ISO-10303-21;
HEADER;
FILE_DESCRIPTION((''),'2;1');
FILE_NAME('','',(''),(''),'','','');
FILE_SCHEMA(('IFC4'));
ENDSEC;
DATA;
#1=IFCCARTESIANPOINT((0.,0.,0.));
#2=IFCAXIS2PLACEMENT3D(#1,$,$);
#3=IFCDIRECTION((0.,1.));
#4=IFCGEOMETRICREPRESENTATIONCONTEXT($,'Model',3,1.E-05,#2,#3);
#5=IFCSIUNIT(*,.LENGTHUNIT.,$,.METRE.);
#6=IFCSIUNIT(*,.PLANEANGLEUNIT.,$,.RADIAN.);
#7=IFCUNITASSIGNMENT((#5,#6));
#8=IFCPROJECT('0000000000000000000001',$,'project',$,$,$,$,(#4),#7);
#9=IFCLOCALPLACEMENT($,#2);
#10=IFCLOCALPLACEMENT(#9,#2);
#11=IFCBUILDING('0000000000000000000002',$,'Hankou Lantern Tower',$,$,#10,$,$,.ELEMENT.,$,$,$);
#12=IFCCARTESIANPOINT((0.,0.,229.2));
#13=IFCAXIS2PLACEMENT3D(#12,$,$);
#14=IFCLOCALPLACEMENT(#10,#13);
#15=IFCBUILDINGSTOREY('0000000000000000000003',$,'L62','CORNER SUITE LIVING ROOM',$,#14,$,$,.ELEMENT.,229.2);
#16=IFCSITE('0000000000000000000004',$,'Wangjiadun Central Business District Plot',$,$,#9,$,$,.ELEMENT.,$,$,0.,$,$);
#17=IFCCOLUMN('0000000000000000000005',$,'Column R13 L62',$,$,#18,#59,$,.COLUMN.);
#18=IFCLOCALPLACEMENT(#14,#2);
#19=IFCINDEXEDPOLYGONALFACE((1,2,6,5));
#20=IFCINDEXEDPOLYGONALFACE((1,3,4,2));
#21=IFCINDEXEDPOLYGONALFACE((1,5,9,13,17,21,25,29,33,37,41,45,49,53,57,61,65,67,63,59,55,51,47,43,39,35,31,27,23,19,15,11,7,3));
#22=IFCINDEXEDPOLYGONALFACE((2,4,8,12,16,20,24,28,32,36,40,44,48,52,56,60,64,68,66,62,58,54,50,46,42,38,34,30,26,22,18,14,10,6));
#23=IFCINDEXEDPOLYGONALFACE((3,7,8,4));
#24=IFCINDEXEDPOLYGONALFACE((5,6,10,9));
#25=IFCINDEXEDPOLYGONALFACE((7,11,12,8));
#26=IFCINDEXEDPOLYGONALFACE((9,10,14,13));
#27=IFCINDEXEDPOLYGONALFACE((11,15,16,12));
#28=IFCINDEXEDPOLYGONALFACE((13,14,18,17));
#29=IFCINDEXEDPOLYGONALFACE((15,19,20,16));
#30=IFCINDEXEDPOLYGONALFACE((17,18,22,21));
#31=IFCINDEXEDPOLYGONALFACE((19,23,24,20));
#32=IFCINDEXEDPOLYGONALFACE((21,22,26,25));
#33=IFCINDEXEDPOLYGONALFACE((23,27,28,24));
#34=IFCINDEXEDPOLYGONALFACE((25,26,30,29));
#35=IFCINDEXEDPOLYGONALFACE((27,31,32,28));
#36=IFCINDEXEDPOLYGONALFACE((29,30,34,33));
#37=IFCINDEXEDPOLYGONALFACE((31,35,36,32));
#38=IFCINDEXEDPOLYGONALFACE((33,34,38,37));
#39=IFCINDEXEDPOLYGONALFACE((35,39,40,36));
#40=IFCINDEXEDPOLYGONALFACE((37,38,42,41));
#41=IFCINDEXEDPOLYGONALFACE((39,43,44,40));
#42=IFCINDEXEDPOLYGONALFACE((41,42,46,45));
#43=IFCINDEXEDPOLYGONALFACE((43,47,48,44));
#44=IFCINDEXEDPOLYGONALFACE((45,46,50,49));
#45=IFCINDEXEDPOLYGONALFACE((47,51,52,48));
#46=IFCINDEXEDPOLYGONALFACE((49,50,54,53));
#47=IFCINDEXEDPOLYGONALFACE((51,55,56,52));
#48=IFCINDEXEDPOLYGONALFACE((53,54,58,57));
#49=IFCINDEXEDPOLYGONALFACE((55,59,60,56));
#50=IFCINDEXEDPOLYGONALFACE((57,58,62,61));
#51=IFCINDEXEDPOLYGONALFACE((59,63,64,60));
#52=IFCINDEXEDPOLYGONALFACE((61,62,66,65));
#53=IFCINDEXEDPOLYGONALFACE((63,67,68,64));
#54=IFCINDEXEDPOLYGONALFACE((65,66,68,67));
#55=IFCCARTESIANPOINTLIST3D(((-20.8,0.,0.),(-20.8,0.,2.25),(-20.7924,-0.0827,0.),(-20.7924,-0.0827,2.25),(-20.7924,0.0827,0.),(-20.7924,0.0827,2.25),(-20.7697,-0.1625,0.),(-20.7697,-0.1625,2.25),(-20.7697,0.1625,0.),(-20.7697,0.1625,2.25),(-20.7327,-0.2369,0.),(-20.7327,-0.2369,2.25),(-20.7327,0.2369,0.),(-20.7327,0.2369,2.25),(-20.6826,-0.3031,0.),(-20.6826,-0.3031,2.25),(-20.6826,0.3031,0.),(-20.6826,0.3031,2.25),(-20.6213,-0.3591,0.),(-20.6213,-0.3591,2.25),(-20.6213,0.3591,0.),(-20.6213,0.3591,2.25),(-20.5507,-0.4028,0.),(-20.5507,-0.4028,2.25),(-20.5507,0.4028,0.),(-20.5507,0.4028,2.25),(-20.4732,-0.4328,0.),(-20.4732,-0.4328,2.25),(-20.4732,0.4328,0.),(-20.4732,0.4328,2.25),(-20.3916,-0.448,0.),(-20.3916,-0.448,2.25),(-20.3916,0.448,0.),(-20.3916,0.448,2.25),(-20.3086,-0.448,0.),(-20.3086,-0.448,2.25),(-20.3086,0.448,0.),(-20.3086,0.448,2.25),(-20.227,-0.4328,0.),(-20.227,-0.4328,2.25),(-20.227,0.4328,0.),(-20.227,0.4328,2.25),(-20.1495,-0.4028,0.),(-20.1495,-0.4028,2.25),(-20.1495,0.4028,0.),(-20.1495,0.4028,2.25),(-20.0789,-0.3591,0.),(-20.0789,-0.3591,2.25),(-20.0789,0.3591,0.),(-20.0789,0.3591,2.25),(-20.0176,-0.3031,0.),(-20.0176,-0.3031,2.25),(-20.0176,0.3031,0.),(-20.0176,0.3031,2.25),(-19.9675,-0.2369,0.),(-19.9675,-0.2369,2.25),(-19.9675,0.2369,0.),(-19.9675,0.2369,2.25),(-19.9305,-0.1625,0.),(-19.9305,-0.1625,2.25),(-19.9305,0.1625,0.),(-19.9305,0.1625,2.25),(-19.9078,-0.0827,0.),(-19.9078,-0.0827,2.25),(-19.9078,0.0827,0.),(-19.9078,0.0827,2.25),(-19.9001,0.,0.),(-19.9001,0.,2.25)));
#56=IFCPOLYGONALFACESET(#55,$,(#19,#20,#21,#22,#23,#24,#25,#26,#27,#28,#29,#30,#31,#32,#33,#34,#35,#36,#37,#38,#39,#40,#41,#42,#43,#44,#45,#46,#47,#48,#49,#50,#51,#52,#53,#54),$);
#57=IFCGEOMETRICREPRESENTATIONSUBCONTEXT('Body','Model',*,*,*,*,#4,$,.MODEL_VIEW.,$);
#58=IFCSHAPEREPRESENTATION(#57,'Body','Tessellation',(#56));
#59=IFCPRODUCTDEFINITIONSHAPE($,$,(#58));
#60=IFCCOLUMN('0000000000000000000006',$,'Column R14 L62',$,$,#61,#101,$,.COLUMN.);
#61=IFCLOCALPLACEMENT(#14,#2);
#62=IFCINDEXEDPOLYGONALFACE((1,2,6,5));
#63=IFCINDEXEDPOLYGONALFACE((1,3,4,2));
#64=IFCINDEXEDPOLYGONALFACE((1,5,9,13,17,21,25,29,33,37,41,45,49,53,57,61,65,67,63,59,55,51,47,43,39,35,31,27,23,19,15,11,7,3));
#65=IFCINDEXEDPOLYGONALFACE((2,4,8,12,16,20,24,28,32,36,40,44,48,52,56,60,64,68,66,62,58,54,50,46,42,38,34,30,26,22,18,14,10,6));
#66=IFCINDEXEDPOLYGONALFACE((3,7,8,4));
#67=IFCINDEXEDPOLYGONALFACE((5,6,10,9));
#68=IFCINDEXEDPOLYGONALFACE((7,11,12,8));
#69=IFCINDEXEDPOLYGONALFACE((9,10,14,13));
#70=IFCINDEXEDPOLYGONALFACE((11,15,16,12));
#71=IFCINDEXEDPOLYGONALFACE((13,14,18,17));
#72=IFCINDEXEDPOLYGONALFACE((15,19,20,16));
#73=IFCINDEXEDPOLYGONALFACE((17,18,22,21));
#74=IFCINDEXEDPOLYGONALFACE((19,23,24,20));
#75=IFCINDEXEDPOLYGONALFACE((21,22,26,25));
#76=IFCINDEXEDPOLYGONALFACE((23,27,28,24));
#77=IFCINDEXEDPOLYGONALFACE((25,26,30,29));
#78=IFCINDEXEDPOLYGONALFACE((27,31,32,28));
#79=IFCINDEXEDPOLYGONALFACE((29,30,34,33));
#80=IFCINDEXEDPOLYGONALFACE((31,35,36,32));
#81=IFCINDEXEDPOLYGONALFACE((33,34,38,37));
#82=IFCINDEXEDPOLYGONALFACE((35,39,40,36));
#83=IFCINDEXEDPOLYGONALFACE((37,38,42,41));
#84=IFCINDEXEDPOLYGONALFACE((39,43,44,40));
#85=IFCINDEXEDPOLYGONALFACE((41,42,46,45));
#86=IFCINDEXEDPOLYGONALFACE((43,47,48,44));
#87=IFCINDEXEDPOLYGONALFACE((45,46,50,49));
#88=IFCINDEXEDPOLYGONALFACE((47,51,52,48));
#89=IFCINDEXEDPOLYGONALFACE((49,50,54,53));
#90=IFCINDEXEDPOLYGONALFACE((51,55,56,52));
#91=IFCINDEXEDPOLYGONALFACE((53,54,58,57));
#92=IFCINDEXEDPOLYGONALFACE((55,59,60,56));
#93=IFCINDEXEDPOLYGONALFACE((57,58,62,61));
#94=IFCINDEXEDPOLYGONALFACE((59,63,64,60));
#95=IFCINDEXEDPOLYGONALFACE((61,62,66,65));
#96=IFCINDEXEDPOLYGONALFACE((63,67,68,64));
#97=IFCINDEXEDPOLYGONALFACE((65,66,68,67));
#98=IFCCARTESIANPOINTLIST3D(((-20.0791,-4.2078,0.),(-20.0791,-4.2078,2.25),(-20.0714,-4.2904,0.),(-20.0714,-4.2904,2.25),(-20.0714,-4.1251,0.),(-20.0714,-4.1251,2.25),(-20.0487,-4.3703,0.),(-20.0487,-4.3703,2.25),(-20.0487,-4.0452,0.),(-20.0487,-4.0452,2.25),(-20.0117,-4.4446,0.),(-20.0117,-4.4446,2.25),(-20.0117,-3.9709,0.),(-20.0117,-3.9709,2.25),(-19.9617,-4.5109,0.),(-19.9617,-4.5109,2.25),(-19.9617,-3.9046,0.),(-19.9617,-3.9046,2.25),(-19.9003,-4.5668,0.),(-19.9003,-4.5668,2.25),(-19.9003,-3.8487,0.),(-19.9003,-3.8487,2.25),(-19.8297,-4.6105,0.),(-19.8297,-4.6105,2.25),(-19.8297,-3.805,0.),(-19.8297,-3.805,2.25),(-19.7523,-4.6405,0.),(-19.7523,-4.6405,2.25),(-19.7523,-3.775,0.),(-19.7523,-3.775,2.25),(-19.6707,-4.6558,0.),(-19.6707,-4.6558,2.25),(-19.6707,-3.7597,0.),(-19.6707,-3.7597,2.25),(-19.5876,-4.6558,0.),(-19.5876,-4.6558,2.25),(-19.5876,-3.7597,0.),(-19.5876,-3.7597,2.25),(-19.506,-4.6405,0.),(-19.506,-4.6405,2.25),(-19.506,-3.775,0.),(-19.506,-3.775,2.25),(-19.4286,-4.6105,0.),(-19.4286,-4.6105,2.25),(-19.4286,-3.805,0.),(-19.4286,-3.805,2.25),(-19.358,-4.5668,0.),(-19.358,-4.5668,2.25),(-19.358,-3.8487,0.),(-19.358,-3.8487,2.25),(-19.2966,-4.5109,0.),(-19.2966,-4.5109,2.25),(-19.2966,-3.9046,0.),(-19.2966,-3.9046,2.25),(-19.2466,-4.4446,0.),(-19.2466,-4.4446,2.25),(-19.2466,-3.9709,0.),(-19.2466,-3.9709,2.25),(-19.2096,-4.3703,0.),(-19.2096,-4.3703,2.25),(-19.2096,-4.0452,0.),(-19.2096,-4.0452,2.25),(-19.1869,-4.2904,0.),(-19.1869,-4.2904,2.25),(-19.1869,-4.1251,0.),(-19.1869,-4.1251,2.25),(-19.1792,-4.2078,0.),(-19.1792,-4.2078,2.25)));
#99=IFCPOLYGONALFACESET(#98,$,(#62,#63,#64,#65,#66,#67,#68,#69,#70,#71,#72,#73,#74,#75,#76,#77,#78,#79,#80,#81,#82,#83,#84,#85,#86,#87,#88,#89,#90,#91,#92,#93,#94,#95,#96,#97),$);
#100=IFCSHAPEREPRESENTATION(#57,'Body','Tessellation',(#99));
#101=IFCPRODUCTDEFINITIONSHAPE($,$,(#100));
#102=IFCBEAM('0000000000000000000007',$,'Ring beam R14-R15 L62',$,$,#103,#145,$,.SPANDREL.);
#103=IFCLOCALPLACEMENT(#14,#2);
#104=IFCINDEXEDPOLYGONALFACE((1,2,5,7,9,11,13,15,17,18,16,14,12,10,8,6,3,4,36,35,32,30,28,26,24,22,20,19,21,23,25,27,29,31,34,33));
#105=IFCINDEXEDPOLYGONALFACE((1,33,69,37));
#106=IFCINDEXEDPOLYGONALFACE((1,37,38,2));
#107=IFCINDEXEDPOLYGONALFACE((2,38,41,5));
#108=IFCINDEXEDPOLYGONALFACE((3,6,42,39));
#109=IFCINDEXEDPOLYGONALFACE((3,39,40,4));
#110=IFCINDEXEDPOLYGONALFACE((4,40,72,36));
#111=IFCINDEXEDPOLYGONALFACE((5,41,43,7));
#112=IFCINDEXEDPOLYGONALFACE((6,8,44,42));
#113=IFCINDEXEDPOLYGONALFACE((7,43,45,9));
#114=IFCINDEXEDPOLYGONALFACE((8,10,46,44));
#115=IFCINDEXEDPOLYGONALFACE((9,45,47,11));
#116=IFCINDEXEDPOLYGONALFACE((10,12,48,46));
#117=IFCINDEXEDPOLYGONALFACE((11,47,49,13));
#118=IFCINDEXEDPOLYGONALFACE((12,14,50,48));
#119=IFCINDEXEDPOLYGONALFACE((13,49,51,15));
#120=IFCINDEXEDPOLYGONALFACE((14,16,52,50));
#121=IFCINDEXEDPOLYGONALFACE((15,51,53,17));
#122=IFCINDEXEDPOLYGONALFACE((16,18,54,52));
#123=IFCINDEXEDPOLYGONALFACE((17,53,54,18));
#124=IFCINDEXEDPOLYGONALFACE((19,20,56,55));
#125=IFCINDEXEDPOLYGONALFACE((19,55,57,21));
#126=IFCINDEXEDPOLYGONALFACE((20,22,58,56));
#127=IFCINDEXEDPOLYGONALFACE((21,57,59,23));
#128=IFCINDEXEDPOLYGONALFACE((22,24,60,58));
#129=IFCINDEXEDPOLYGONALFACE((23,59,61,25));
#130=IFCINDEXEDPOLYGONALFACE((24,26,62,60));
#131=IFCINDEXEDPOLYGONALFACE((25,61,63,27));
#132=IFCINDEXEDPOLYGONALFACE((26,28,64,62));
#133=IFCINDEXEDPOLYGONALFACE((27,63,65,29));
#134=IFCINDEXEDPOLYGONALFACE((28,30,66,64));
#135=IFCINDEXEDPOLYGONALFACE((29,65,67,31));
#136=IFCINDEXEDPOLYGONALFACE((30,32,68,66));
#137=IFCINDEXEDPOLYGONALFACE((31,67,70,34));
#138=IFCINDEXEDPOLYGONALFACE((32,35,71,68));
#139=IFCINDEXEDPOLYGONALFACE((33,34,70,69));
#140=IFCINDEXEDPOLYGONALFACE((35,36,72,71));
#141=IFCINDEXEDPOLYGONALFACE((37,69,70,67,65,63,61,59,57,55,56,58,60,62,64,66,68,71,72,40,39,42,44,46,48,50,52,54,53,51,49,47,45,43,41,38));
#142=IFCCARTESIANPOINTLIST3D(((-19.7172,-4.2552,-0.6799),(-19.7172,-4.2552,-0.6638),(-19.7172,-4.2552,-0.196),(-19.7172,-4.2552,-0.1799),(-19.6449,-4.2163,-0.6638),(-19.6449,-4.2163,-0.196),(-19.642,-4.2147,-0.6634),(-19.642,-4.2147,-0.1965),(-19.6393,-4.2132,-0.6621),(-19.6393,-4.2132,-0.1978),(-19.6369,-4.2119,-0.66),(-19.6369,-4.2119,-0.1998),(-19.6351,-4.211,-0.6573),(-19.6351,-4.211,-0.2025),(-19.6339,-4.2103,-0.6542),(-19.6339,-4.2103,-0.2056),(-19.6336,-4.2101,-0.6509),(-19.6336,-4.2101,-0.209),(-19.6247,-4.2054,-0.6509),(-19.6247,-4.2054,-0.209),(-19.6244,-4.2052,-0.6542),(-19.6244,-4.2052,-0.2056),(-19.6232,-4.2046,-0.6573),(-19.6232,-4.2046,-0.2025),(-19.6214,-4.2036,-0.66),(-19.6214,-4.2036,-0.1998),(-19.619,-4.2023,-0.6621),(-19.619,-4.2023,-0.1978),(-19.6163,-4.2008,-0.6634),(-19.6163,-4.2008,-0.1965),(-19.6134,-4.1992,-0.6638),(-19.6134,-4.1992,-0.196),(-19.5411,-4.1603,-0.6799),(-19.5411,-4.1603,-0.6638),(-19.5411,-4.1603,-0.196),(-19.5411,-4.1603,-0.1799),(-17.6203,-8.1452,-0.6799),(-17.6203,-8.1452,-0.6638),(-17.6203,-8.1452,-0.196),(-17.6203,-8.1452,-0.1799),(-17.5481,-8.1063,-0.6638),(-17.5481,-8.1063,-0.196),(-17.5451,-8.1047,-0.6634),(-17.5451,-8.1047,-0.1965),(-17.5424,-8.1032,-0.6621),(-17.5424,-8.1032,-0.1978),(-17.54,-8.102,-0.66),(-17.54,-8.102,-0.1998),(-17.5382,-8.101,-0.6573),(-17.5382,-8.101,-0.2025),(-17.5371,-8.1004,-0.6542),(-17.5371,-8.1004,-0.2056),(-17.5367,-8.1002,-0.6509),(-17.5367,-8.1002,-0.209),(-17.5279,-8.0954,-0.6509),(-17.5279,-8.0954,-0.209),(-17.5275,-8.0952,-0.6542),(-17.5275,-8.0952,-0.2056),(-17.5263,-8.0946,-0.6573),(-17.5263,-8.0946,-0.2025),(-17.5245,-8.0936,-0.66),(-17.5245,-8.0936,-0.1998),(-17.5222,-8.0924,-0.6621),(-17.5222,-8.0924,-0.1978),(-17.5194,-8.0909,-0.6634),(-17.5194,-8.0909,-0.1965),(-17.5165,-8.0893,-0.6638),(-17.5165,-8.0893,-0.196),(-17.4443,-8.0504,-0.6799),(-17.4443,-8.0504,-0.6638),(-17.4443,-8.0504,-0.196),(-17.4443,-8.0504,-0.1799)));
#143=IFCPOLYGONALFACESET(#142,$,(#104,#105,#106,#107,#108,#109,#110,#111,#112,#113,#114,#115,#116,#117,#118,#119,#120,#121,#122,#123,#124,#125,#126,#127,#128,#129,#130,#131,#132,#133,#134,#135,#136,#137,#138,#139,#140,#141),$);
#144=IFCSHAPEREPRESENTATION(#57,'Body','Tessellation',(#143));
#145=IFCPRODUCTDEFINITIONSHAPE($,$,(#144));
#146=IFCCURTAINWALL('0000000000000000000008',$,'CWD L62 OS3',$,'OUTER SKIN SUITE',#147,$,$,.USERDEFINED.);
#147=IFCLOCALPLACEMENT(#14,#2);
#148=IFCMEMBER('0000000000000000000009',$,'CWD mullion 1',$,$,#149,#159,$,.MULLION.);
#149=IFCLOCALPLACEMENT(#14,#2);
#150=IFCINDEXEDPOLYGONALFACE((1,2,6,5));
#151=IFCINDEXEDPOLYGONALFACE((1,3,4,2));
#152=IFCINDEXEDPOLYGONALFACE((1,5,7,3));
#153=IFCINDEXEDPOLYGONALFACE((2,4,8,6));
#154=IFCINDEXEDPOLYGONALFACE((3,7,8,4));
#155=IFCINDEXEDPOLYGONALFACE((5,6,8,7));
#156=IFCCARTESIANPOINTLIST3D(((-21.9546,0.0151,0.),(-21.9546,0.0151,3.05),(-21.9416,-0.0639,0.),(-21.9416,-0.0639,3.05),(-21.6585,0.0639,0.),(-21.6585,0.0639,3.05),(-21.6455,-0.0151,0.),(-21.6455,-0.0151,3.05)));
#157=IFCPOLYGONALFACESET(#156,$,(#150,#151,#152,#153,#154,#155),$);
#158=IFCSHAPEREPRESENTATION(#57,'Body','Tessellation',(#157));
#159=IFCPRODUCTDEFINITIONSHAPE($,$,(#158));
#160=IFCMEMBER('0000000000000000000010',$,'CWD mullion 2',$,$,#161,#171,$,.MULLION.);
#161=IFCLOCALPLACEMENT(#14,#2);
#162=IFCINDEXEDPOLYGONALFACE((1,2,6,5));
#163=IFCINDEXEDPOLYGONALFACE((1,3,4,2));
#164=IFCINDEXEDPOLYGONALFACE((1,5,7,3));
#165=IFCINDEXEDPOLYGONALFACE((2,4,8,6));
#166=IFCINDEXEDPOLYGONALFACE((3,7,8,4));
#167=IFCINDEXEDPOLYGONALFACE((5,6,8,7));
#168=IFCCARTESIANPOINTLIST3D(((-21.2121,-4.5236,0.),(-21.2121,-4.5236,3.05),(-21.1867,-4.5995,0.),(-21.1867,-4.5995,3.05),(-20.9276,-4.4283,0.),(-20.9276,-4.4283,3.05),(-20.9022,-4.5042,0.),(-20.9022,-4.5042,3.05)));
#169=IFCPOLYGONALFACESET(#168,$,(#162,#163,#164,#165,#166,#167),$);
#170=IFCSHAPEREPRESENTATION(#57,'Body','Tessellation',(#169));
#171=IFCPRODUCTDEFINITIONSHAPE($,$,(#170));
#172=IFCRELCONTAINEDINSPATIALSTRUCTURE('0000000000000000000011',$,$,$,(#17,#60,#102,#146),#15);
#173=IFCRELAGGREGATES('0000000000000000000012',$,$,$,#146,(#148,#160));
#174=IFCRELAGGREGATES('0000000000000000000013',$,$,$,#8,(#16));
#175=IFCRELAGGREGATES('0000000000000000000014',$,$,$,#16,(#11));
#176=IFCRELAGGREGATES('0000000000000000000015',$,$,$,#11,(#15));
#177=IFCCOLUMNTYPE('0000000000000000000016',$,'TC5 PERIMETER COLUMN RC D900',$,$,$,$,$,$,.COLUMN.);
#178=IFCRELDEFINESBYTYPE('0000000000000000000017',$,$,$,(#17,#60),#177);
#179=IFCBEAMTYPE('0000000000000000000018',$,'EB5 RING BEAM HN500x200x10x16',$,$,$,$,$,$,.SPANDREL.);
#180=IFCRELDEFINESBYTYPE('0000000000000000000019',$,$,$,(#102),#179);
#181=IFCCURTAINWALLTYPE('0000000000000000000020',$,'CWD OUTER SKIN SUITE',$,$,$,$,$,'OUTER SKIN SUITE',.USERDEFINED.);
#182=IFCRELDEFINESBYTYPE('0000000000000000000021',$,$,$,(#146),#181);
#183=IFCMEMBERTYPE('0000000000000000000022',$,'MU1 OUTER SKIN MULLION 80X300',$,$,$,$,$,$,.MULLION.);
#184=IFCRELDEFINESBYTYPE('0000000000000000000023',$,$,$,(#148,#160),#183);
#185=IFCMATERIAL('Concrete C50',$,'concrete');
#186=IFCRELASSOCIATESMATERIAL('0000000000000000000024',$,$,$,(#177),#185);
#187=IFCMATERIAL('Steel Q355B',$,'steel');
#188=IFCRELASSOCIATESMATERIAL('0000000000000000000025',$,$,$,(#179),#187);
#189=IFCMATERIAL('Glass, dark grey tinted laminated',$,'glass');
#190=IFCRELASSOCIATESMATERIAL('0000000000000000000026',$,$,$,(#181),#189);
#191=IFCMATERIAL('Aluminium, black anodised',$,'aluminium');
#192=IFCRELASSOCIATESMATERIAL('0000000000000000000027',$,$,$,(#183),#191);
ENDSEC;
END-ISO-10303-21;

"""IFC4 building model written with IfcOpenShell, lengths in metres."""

from ifc_helpers import new_model, si_unit, direction, frame, origin, origin_2d, place, context, subcontext, project, spatial, rectangle, circle, i_section, extrude, clip, halfspace, material, material_profile, profile_set, type_object, element, aggregate, save


model = new_model("IFC4")

# Units and contexts
model_context = context("Model", 3, precision=1e-05, world=origin(), true_north=direction((0.0, 1.0)))
body_context = subcontext(model_context, "Body", "Model", "MODEL_VIEW")
ifc_project = project(units=[si_unit("LENGTHUNIT", "METRE"), si_unit("PLANEANGLEUNIT", "RADIAN")], contexts=[model_context])

# Site, building, storey
site_placement = place(None, origin())
site = spatial("IfcSite", under=ifc_project, at=site_placement, Name="Wangjiadun Central Business District Plot", CompositionType="ELEMENT", RefElevation=0.0)
building_placement = place(site_placement, origin())
building = spatial("IfcBuilding", under=site, at=building_placement, Name="Hankou Lantern Tower", CompositionType="ELEMENT")
storey_placement = place(building_placement, frame((0.0, 0.0, 229.2)))
storey = spatial("IfcBuildingStorey", under=building, at=storey_placement, Name="L62", Description="CORNER SUITE LIVING ROOM", CompositionType="ELEMENT", Elevation=229.2)

# Columns
ifc_material_1 = material(Name="Concrete C50", Category="concrete")
ifc_material_profile_1 = material_profile(ifc_material_1, circle(Radius=0.45, at=origin_2d()), Name="RC D900")
ifc_profile_set_1 = profile_set([ifc_material_profile_1], Name="Concrete C50")
column_type = type_object("IfcColumnType", Name="TC5 PERIMETER COLUMN RC D900", PredefinedType="COLUMN", material=ifc_profile_set_1)
for number, where, z_axis, x_axis, name in (
    (1, (-20.3501, 0.0, 0.0), (0.0, 0.0, 1.0), (1.0, 0.0, 0.0), "Column R13 L62"),
    (2, (-19.6292, -4.2078, 0.0), (0.0, 0.0, 1.0), (1.0, 0.0, 0.0), "Column R14 L62"),
):
    element("IfcColumn", number, at=place(storey_placement, frame(where, z_axis=z_axis, x_axis=x_axis)), inside=storey, type_object=column_type, Name=name, PredefinedType="COLUMN", context=body_context, shape_type="Clipping", body=[
        clip(extrude(circle(Radius=0.45, at=origin_2d()), origin(), (0.0, 0.0, 1.0), 3.3), halfspace(frame((0.0, 0.0, 2.25), z_axis=(0.0, 0.0, 1.0), x_axis=(1.0, 0.0, 0.0)), False)),
    ])

# Beam
ifc_material_2 = material(Name="Steel Q355B", Category="steel")
ifc_material_profile_2 = material_profile(ifc_material_2, i_section(OverallWidth=0.2, OverallDepth=0.5, WebThickness=0.01, FlangeThickness=0.0161, FilletRadius=0.0129, at=origin_2d()), Name="HN500x200x10x16")
ifc_profile_set_2 = profile_set([ifc_material_profile_2], Name="Steel Q355B")
beam_type_1 = type_object("IfcBeamType", Name="EB5 RING BEAM HN500x200x10x16", PredefinedType="SPANDREL", material=ifc_profile_set_2)
beam_1_placement = place(storey_placement, frame((-19.6292, -4.2078, -0.4299), z_axis=(0.474492, -0.88026, 0.0), x_axis=(0.88026, 0.474492, 0.0)))
element("IfcBeam", 3, at=beam_1_placement, inside=storey, type_object=beam_type_1, Name="Ring beam R14-R15 L62", PredefinedType="SPANDREL", context=body_context, shape_type="SweptSolid", body=[
    extrude(i_section(OverallWidth=0.2, OverallDepth=0.5, WebThickness=0.01, FlangeThickness=0.0161, FilletRadius=0.0129, at=origin_2d()), origin(), (0.0, 0.0, 1.0), 4.4192),
])

# Curtain wall, members
ifc_material_3 = material(Name="Glass, dark grey tinted laminated", Category="glass")
curtain_wall_type = type_object("IfcCurtainWallType", Name="CWD OUTER SKIN SUITE", ElementType="OUTER SKIN SUITE", PredefinedType="USERDEFINED", material=ifc_material_3)
curtain_wall_placement = place(storey_placement, origin())
curtain_wall = element("IfcCurtainWall", 4, at=curtain_wall_placement, inside=storey, type_object=curtain_wall_type, Name="CWD L62 OS3", ObjectType="OUTER SKIN SUITE", PredefinedType="USERDEFINED")
ifc_material_4 = material(Name="Aluminium, black anodised", Category="aluminium")
ifc_material_profile_3 = material_profile(ifc_material_4, rectangle(XDim=0.0801, YDim=0.3, at=origin_2d()), Name="MU1 80X300")
ifc_profile_set_3 = profile_set([ifc_material_profile_3], Name="Aluminium, black anodised")
member_type_1 = type_object("IfcMemberType", Name="MU1 OUTER SKIN MULLION 80X300", PredefinedType="MULLION", material=ifc_profile_set_3)
member_1_placement = place(storey_placement, frame((-21.8, 0.0, 0.0), z_axis=(0.0, 0.0, 1.0), x_axis=(0.162382, -0.986728, 0.0)))
member_1 = element("IfcMember", 5, at=member_1_placement, type_object=member_type_1, Name="CWD mullion 1", PredefinedType="MULLION", context=body_context, shape_type="SweptSolid", body=[
    extrude(rectangle(XDim=0.0801, YDim=0.3, at=origin_2d()), origin(), (0.0, 0.0, 1.0), 3.05),
])
member_2_placement = place(storey_placement, frame((-21.0571, -4.5139, 0.0), z_axis=(0.0, 0.0, 1.0), x_axis=(0.317596, -0.948226, 0.0)))
member_2 = element("IfcMember", 6, at=member_2_placement, type_object=member_type_1, Name="CWD mullion 2", PredefinedType="MULLION", context=body_context, shape_type="SweptSolid", body=[
    extrude(rectangle(XDim=0.0801, YDim=0.3, at=origin_2d()), origin(), (0.0, 0.0, 1.0), 3.05),
])

aggregate(curtain_wall, [member_1, member_2])

save(model, "model.ifc")
